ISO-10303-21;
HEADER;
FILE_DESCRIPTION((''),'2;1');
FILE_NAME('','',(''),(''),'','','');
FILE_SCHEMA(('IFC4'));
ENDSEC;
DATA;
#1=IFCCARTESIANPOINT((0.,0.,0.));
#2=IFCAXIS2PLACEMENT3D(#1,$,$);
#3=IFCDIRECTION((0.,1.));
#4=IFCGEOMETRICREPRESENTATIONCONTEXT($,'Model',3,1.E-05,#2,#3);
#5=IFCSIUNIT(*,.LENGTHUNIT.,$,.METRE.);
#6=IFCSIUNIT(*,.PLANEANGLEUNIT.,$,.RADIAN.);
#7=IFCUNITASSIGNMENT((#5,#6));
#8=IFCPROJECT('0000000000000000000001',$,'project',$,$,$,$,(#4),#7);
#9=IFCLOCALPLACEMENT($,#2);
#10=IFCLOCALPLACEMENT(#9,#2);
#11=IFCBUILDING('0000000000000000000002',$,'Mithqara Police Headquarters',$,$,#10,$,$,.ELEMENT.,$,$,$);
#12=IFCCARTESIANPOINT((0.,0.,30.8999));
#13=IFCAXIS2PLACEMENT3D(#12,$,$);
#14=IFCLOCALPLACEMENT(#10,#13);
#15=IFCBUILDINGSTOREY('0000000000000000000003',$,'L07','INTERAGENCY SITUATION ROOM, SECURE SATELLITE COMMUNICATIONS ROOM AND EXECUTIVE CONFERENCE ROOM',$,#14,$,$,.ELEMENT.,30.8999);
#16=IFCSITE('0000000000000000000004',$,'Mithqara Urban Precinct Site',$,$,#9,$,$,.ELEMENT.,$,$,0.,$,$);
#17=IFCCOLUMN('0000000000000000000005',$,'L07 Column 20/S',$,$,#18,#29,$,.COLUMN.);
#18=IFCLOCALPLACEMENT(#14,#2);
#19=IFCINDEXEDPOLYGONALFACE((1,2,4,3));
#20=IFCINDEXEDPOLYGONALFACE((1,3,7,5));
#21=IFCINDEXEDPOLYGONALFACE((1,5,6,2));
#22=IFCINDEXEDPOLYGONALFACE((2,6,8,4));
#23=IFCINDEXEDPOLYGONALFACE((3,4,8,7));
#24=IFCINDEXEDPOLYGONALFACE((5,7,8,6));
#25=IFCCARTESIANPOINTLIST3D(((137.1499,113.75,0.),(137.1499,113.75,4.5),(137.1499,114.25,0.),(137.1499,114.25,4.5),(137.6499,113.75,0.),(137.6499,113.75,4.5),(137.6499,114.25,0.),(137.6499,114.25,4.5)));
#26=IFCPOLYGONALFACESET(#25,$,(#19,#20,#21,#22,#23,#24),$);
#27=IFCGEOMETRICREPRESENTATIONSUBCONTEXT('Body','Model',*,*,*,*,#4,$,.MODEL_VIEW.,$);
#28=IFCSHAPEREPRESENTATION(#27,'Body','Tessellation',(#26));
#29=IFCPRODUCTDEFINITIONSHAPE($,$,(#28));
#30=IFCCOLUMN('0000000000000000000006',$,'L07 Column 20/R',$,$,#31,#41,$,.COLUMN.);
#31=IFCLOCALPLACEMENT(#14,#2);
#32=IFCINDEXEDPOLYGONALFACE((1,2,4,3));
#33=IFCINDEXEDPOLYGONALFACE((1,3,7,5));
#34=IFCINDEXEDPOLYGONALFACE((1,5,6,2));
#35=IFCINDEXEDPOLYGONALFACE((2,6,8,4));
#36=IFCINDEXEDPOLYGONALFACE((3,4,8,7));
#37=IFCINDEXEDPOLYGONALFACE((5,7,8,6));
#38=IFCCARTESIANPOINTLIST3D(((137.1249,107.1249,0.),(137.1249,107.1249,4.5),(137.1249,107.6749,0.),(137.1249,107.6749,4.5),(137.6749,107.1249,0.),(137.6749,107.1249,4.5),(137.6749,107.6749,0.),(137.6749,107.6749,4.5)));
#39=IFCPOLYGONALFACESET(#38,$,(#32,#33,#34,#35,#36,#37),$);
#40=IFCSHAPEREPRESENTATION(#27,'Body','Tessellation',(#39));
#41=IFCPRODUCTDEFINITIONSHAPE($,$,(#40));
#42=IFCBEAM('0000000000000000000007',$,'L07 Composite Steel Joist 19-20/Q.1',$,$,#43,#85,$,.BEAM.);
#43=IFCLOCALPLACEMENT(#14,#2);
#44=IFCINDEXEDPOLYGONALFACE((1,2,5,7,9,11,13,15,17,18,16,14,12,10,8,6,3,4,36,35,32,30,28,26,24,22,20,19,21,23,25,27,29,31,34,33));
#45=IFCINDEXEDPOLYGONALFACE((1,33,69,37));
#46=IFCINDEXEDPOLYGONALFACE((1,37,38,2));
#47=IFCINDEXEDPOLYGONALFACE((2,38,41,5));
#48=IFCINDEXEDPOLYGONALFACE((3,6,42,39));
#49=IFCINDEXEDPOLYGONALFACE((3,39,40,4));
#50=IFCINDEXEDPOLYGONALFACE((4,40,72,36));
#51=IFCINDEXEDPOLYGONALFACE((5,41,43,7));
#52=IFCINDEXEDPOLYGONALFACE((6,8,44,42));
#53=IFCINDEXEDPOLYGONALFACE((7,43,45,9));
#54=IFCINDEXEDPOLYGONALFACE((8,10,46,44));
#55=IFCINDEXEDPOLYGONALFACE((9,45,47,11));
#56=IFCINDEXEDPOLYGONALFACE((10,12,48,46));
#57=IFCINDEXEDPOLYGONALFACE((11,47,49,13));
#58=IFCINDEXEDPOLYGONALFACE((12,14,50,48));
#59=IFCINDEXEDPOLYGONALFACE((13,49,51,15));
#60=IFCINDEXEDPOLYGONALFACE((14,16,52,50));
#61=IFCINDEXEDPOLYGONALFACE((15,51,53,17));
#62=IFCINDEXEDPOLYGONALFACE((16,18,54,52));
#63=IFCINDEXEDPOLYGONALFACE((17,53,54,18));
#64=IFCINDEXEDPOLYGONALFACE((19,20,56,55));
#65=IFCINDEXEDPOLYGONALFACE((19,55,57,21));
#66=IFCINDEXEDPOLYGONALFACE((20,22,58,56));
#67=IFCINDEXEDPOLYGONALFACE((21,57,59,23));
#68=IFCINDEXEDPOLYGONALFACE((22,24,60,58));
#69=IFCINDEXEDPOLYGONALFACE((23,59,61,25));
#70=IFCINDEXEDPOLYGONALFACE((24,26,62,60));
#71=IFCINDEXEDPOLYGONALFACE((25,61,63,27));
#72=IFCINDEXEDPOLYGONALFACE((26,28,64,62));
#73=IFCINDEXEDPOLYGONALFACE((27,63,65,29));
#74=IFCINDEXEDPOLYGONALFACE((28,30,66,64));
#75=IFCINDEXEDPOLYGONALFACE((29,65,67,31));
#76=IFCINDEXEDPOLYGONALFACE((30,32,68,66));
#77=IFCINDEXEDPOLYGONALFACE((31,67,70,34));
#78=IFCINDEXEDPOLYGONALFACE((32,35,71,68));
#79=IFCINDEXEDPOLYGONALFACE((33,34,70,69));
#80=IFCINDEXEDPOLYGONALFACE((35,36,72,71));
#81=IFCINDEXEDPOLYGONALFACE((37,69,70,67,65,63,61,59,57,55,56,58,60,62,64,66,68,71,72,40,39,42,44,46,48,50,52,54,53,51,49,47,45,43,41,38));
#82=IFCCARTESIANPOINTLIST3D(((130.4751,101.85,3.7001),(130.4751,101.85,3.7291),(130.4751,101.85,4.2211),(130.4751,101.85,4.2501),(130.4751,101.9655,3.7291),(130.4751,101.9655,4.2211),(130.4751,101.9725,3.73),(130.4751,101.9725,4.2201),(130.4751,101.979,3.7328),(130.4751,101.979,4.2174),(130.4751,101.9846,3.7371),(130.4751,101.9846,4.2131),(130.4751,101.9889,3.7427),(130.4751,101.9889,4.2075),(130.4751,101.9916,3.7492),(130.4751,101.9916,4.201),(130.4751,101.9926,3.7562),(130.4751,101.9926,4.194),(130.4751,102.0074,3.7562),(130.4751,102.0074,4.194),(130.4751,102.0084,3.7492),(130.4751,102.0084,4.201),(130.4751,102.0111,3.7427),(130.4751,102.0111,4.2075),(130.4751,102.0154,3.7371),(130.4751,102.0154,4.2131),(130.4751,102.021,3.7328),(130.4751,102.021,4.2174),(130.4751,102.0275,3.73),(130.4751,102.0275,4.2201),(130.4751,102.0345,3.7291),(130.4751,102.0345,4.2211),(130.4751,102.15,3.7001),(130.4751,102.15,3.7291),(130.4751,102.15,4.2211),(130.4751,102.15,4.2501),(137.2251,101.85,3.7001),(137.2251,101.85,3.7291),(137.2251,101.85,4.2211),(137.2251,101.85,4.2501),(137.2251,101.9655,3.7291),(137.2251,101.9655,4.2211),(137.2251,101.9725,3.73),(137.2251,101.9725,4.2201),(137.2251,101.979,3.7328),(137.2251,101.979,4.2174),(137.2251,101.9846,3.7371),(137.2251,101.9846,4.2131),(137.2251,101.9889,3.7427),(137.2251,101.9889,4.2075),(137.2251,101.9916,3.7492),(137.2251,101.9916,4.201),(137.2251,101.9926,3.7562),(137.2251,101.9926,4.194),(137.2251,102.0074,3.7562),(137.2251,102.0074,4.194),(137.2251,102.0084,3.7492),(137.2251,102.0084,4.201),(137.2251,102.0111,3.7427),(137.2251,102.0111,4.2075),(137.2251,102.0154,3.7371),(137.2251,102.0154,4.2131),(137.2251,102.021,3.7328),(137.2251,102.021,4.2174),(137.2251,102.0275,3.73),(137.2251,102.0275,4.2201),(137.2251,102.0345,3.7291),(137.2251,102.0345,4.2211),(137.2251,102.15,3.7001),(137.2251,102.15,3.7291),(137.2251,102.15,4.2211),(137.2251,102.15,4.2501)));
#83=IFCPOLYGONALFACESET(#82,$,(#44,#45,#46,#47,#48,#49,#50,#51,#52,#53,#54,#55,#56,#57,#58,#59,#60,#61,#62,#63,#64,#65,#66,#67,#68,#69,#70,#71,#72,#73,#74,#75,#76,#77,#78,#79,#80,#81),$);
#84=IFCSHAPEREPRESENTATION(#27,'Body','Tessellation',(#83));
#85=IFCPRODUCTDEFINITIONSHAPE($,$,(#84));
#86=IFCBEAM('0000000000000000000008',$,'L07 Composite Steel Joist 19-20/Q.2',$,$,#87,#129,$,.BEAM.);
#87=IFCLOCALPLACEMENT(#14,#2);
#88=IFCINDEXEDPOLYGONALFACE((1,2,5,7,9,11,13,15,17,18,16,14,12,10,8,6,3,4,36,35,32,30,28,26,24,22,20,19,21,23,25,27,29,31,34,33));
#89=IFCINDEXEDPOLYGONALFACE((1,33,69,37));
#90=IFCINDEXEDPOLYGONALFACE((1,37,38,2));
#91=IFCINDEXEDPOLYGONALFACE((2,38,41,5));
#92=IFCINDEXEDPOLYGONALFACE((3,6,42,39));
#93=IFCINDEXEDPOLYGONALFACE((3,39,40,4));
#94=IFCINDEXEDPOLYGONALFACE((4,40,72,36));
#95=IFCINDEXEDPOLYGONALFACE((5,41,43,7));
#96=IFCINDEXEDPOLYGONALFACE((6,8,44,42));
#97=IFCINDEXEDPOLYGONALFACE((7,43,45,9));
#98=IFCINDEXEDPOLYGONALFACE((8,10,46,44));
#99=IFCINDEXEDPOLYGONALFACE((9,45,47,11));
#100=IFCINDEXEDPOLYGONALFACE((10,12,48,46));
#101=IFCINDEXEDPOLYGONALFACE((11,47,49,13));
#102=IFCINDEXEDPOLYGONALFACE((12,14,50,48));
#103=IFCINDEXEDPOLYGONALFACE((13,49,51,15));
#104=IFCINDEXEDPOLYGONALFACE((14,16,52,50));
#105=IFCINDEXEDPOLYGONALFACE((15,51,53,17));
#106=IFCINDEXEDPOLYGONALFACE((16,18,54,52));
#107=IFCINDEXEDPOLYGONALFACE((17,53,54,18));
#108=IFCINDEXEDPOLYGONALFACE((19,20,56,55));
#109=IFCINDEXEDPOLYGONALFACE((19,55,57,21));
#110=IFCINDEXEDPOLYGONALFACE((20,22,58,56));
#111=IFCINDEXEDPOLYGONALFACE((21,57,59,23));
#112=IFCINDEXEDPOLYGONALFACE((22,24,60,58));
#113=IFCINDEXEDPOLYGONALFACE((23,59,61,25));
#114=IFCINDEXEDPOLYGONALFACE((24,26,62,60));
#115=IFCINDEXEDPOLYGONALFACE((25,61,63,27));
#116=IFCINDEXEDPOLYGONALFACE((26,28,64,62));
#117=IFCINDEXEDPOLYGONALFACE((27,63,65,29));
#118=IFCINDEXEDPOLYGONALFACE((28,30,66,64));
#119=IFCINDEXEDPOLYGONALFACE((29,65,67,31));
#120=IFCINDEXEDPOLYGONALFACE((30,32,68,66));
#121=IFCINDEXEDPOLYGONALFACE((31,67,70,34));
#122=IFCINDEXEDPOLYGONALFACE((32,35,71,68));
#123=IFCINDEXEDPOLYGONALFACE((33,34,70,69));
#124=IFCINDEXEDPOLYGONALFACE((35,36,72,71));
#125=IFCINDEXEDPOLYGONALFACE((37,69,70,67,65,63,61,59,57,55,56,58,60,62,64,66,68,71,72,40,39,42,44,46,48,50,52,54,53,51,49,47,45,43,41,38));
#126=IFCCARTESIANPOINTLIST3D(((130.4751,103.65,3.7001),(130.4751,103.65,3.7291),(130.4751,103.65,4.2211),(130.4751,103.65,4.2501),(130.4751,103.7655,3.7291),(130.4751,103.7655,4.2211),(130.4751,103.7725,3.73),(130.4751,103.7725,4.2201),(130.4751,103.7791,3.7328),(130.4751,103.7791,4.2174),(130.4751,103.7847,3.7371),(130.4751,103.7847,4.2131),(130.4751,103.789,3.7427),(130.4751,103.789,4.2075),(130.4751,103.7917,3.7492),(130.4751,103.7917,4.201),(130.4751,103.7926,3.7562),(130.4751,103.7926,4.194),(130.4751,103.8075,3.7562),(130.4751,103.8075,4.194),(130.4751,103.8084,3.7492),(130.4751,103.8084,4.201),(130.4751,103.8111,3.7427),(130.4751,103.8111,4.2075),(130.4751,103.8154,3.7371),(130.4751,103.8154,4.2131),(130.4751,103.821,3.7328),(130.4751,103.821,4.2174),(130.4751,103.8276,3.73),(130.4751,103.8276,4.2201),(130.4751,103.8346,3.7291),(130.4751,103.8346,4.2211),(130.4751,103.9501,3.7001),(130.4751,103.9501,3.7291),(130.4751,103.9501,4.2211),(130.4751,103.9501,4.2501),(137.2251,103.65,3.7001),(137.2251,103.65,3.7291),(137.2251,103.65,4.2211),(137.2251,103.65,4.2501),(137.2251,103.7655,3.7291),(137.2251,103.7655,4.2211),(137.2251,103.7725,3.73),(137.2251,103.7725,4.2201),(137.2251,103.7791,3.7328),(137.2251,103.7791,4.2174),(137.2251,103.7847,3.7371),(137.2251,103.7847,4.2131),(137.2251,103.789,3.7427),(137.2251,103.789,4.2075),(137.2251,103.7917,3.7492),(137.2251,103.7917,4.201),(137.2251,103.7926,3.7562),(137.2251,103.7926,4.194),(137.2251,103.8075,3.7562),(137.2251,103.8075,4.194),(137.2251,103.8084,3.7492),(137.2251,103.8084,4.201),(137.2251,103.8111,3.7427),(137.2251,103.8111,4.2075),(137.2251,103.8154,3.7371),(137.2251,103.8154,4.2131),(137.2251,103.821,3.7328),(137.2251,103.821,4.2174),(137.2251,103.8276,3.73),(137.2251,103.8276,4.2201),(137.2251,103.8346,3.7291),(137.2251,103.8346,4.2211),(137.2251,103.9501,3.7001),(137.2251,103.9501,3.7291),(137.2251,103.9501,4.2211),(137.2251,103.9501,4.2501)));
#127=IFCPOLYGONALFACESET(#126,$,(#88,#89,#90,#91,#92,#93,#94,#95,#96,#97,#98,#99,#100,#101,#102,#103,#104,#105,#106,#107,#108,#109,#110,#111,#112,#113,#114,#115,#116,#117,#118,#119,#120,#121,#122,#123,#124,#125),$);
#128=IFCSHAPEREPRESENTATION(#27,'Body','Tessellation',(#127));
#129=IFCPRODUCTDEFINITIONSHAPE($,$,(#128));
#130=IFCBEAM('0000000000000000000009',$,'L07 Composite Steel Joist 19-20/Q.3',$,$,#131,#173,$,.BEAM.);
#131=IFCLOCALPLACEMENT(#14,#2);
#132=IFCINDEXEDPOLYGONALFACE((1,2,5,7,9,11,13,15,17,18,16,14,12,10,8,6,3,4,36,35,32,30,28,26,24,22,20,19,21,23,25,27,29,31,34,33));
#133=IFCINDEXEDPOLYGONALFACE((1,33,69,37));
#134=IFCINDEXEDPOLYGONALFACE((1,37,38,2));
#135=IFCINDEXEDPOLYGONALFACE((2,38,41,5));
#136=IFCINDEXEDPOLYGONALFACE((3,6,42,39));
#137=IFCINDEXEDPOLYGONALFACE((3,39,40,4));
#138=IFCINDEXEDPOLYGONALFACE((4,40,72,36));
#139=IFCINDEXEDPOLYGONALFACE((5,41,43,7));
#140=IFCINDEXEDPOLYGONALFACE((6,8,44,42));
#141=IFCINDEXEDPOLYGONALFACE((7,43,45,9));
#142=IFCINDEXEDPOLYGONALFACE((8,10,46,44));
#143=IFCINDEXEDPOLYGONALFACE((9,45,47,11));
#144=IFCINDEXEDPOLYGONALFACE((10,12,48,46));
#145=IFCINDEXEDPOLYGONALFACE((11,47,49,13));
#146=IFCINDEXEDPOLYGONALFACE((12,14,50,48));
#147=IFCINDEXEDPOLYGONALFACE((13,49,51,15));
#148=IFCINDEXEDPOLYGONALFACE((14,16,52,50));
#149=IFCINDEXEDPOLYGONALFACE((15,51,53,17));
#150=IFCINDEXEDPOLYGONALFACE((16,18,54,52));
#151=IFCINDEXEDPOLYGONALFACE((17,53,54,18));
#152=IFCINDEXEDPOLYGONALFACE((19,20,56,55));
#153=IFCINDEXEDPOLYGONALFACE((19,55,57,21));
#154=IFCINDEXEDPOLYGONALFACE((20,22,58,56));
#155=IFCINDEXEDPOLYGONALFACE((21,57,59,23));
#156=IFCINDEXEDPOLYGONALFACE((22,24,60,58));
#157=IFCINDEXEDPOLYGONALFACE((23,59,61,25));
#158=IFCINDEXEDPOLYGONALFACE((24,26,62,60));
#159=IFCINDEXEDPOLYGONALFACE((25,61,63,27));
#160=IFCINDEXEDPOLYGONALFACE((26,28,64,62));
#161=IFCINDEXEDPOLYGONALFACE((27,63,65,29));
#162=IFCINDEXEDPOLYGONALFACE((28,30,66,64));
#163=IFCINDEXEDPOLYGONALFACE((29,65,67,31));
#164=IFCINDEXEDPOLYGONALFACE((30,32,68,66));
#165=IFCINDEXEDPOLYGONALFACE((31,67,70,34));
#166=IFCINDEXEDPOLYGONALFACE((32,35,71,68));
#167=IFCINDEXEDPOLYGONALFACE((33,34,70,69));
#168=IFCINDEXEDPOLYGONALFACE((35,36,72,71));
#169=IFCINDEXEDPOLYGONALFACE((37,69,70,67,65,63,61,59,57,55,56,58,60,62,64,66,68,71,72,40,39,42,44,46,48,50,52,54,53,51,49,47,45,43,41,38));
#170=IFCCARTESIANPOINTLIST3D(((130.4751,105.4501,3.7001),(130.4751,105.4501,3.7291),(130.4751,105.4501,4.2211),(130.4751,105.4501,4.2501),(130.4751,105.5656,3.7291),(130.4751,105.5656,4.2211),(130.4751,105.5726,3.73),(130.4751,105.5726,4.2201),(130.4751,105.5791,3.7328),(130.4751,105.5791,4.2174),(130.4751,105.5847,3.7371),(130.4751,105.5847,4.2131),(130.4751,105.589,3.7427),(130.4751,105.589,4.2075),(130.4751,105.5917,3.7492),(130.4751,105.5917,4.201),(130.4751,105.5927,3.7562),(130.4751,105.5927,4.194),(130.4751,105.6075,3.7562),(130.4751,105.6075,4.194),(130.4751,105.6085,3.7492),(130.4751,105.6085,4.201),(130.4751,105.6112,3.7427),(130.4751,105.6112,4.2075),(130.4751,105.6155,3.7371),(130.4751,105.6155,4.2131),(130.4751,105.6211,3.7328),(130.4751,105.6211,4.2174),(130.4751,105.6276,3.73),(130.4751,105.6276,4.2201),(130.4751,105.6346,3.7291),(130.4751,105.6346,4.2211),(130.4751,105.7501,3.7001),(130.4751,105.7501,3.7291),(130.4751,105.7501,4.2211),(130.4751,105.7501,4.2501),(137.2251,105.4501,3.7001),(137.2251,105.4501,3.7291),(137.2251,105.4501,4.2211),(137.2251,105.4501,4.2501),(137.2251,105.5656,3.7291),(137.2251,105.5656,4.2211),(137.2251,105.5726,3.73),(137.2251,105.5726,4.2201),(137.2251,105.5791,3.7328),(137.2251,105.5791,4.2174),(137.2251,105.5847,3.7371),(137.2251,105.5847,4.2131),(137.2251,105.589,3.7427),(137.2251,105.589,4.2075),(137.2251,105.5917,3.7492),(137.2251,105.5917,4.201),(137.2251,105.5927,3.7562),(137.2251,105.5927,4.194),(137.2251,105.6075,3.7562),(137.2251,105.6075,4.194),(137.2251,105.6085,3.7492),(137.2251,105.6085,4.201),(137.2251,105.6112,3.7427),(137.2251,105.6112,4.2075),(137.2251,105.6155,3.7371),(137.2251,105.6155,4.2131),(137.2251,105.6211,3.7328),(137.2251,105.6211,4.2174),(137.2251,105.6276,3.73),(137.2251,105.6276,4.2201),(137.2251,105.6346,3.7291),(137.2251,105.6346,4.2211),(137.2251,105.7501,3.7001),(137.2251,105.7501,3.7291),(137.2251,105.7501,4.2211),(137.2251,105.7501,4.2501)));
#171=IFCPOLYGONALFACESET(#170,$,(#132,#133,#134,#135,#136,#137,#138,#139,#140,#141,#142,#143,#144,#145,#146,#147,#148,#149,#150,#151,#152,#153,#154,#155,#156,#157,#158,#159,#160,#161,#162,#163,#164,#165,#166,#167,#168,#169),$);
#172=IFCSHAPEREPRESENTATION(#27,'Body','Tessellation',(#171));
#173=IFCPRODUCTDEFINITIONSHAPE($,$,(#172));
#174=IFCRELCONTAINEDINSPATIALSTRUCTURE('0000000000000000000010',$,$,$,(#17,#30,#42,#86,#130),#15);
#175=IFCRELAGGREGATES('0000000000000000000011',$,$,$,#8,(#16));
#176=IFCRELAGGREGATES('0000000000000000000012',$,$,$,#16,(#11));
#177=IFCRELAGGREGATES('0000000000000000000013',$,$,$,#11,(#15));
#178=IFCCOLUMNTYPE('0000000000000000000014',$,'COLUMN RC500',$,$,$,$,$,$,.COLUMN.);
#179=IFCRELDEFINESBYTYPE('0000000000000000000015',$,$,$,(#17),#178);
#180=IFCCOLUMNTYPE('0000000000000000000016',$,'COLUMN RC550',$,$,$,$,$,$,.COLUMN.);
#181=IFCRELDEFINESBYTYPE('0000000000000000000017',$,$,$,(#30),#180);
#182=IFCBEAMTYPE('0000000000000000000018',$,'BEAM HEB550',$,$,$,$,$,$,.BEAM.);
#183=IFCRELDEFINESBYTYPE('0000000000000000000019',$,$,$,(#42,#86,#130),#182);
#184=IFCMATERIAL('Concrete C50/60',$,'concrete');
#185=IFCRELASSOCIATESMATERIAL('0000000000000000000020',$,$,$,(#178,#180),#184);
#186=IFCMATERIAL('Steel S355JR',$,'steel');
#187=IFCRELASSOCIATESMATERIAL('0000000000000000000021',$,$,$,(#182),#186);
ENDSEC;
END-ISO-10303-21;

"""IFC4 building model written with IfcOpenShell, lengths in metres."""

from ifc_helpers import new_model, si_unit, direction, frame, origin, origin_2d, place, context, subcontext, project, spatial, rectangle, i_section, extrude, material, material_profile, profile_set, type_object, element, save


model = new_model("IFC4")

# Units and contexts
model_context = context("Model", 3, precision=1e-05, world=origin(), true_north=direction((0.0, 1.0)))
body_context = subcontext(model_context, "Body", "Model", "MODEL_VIEW")
ifc_project = project(units=[si_unit("LENGTHUNIT", "METRE"), si_unit("PLANEANGLEUNIT", "RADIAN")], contexts=[model_context])

# Site, building, storey
site_placement = place(None, origin())
site = spatial("IfcSite", under=ifc_project, at=site_placement, Name="Mithqara Urban Precinct Site", CompositionType="ELEMENT", RefElevation=0.0)
building_placement = place(site_placement, origin())
building = spatial("IfcBuilding", under=site, at=building_placement, Name="Mithqara Police Headquarters", CompositionType="ELEMENT")
storey_placement = place(building_placement, frame((0.0, 0.0, 30.8999)))
storey = spatial("IfcBuildingStorey", under=building, at=storey_placement, Name="L07", Description="INTERAGENCY SITUATION ROOM, SECURE SATELLITE COMMUNICATIONS ROOM AND EXECUTIVE CONFERENCE ROOM", CompositionType="ELEMENT", Elevation=30.8999)

# Columns
ifc_material_1 = material(Name="Concrete C50/60", Category="concrete")
ifc_material_profile_1 = material_profile(ifc_material_1, rectangle(XDim=0.5, YDim=0.5, at=origin_2d()), Name="RC 500x500")
ifc_profile_set_1 = profile_set([ifc_material_profile_1], Name="Concrete C50/60")
column_type_1 = type_object("IfcColumnType", Name="COLUMN RC500", PredefinedType="COLUMN", material=ifc_profile_set_1)
column_1_placement = place(storey_placement, frame((137.3999, 114.0, 0.0), z_axis=(0.0, 0.0, 1.0), x_axis=(1.0, 0.0, 0.0)))
element("IfcColumn", 1, at=column_1_placement, inside=storey, type_object=column_type_1, Name="L07 Column 20/S", PredefinedType="COLUMN", context=body_context, shape_type="SweptSolid", body=[
    extrude(rectangle(XDim=0.5, YDim=0.5, at=origin_2d()), origin(), (0.0, 0.0, 1.0), 4.5),
])
ifc_material_profile_2 = material_profile(ifc_material_1, rectangle(XDim=0.55, YDim=0.55, at=origin_2d()), Name="RC 550x550")
ifc_profile_set_2 = profile_set([ifc_material_profile_2], Name="Concrete C50/60")
column_type_2 = type_object("IfcColumnType", Name="COLUMN RC550", PredefinedType="COLUMN", material=ifc_profile_set_2)
column_2_placement = place(storey_placement, frame((137.3999, 107.3999, 0.0), z_axis=(0.0, 0.0, 1.0), x_axis=(1.0, 0.0, 0.0)))
element("IfcColumn", 2, at=column_2_placement, inside=storey, type_object=column_type_2, Name="L07 Column 20/R", PredefinedType="COLUMN", context=body_context, shape_type="SweptSolid", body=[
    extrude(rectangle(XDim=0.55, YDim=0.55, at=origin_2d()), origin(), (0.0, 0.0, 1.0), 4.5),
])

# Beams
ifc_material_2 = material(Name="Steel S355JR", Category="steel")
ifc_material_profile_3 = material_profile(ifc_material_2, i_section(OverallWidth=0.3, OverallDepth=0.55, WebThickness=0.0149, FlangeThickness=0.0291, FilletRadius=0.0271, at=origin_2d()), Name="HEB 550")
ifc_profile_set_3 = profile_set([ifc_material_profile_3], Name="Steel S355JR")
beam_type_1 = type_object("IfcBeamType", Name="BEAM HEB550", PredefinedType="BEAM", material=ifc_profile_set_3)
for number, where, z_axis, x_axis, name in (
    (3, (130.4751, 102.0, 3.9751), (1.0, 0.0, 0.0), (0.0, 1.0, 0.0), "L07 Composite Steel Joist 19-20/Q.1"),
    (4, (130.4751, 103.8, 3.9751), (1.0, 0.0, 0.0), (0.0, 1.0, 0.0), "L07 Composite Steel Joist 19-20/Q.2"),
    (5, (130.4751, 105.6001, 3.9751), (1.0, 0.0, 0.0), (0.0, 1.0, 0.0), "L07 Composite Steel Joist 19-20/Q.3"),
):
    element("IfcBeam", number, at=place(storey_placement, frame(where, z_axis=z_axis, x_axis=x_axis)), inside=storey, type_object=beam_type_1, Name=name, PredefinedType="BEAM", context=body_context, shape_type="SweptSolid", body=[
        extrude(i_section(OverallWidth=0.3, OverallDepth=0.55, WebThickness=0.0149, FlangeThickness=0.0291, FilletRadius=0.0271, at=origin_2d()), origin(), (0.0, 0.0, 1.0), 6.75),
    ])

save(model, "model.ifc")
